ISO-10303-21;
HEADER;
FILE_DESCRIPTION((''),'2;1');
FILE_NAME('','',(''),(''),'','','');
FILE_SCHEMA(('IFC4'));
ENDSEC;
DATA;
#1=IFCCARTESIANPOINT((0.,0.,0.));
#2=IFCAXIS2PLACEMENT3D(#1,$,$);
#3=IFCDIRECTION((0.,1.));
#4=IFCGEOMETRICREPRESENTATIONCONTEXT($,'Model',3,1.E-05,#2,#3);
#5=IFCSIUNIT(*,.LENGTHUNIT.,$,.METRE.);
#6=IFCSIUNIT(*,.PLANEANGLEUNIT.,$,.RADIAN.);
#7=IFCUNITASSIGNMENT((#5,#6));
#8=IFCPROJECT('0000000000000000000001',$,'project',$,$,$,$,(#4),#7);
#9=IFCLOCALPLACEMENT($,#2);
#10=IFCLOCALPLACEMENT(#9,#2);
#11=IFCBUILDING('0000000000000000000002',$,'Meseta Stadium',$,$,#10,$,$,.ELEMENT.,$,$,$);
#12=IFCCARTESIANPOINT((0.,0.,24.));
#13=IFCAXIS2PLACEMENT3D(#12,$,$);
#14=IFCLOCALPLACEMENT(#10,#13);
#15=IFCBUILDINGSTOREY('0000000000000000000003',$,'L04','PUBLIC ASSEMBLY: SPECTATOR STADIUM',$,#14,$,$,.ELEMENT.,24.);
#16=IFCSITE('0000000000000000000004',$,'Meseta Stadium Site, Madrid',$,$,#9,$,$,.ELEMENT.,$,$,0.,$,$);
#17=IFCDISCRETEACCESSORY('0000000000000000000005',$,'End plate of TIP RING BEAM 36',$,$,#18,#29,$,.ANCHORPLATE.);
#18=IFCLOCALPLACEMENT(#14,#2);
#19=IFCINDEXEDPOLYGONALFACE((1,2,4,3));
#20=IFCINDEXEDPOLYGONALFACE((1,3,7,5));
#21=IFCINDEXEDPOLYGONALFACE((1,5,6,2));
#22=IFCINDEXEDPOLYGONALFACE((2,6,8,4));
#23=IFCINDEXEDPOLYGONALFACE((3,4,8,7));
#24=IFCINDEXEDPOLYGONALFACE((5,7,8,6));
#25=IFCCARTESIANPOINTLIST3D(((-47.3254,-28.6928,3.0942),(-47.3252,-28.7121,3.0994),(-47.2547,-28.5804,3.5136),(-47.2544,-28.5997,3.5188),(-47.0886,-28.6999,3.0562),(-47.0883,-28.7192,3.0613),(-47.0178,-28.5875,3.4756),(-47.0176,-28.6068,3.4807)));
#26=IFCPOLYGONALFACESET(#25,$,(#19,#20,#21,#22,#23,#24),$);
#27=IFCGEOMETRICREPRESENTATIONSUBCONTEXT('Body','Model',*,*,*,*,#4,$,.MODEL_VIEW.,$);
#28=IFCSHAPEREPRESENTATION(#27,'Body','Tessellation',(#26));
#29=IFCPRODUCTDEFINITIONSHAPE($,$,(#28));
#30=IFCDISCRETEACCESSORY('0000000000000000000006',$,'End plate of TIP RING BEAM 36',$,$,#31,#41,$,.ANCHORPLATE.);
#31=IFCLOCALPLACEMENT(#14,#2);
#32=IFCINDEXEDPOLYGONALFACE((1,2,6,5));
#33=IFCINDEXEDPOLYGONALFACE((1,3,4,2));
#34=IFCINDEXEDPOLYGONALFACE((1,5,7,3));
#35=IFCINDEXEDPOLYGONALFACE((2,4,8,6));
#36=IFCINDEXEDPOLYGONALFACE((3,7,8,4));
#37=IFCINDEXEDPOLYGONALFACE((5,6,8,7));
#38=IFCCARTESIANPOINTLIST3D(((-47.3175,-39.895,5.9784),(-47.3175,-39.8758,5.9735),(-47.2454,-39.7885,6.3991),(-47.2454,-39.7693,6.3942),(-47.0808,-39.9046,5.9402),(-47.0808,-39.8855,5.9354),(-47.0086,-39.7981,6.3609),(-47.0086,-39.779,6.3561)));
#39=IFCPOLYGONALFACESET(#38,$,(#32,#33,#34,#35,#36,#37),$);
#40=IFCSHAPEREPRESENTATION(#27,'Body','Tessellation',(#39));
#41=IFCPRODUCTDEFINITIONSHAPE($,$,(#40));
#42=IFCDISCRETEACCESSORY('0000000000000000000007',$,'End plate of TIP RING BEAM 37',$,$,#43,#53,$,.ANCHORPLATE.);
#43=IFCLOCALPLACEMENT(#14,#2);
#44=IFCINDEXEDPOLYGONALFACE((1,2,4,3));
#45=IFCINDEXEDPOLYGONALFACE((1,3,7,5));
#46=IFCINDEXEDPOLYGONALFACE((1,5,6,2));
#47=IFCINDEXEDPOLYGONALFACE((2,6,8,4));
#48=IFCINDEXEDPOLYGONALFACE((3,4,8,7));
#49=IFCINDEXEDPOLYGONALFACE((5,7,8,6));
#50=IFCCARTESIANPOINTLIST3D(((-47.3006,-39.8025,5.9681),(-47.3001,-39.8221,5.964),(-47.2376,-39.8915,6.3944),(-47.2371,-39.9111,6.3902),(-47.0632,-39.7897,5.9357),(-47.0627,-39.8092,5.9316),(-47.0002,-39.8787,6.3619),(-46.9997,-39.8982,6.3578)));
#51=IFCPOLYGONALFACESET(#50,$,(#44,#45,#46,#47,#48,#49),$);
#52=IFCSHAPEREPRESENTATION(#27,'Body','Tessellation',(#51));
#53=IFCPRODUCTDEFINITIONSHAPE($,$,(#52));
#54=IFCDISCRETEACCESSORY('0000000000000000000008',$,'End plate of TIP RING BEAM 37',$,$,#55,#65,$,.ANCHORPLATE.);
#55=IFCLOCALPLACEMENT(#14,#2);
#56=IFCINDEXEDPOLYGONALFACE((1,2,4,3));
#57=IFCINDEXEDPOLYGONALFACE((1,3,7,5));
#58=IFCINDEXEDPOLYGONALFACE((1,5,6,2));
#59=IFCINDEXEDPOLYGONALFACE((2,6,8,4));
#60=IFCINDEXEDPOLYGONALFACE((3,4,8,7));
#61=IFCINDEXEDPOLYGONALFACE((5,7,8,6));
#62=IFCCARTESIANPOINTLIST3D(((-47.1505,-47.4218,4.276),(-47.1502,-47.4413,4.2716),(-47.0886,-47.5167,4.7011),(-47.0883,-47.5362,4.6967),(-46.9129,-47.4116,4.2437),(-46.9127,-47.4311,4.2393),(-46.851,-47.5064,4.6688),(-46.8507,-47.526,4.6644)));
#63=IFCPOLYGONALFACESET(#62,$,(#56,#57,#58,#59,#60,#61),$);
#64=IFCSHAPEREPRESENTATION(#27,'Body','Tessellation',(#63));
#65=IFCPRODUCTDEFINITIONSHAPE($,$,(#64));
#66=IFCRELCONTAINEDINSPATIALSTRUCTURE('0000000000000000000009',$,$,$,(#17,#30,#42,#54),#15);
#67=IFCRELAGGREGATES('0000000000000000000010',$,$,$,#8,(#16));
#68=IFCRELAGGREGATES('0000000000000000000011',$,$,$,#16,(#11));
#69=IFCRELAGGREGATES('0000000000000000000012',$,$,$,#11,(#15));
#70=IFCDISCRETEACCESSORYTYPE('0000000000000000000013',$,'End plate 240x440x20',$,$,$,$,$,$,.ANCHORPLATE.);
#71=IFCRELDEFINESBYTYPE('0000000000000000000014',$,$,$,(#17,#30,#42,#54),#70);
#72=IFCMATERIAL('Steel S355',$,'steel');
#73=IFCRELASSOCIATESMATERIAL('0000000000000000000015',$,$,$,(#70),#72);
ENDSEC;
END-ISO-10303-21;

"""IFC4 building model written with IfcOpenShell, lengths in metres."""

from ifc_helpers import new_model, si_unit, direction, frame, origin, origin_2d, place, context, subcontext, project, spatial, rectangle, extrude, material, material_profile, profile_set, type_object, element, save


model = new_model("IFC4")

# Units and contexts
model_context = context("Model", 3, precision=1e-05, world=origin(), true_north=direction((0.0, 1.0)))
body_context = subcontext(model_context, "Body", "Model", "MODEL_VIEW")
ifc_project = project(units=[si_unit("LENGTHUNIT", "METRE"), si_unit("PLANEANGLEUNIT", "RADIAN")], contexts=[model_context])

# Site, building, storey
site_placement = place(None, origin())
site = spatial("IfcSite", under=ifc_project, at=site_placement, Name="Meseta Stadium Site, Madrid", CompositionType="ELEMENT", RefElevation=0.0)
building_placement = place(site_placement, origin())
building = spatial("IfcBuilding", under=site, at=building_placement, Name="Meseta Stadium", CompositionType="ELEMENT")
storey_placement = place(building_placement, frame((0.0, 0.0, 24.0)))
storey = spatial("IfcBuildingStorey", under=building, at=storey_placement, Name="L04", Description="PUBLIC ASSEMBLY: SPECTATOR STADIUM", CompositionType="ELEMENT", Elevation=24.0)

# Discrete accessories
ifc_material_1 = material(Name="Steel S355", Category="steel")
ifc_material_profile_1 = material_profile(ifc_material_1, rectangle(XDim=0.24, YDim=0.4399, at=origin_2d()), Name="PL 240x440")
ifc_profile_set_1 = profile_set([ifc_material_profile_1], Name="Steel S355")
discrete_accessory_type_1 = type_object("IfcDiscreteAccessoryType", Name="End plate 240x440x20", PredefinedType="ANCHORPLATE", material=ifc_profile_set_1)
discrete_accessory_1_placement = place(storey_placement, frame((-47.1716, -28.6401, 3.2849), z_axis=(0.012232, -0.966365, 0.256882), x_axis=(0.986911, -0.029645, -0.158518)))
element("IfcDiscreteAccessory", 1, at=discrete_accessory_1_placement, inside=storey, type_object=discrete_accessory_type_1, Name="End plate of TIP RING BEAM 36", PredefinedType="ANCHORPLATE", context=body_context, shape_type="SweptSolid", body=[
    extrude(rectangle(XDim=0.24, YDim=0.4399, at=origin_2d()), origin(), (0.0, 0.0, 1.0), 0.02),
])
discrete_accessory_2_placement = place(storey_placement, frame((-47.1631, -39.8274, 6.1648), z_axis=(0.0, -0.969416, 0.245422), x_axis=(0.986457, -0.040254, -0.159005)))
element("IfcDiscreteAccessory", 2, at=discrete_accessory_2_placement, inside=storey, type_object=discrete_accessory_type_1, Name="End plate of TIP RING BEAM 36", PredefinedType="ANCHORPLATE", context=body_context, shape_type="SweptSolid", body=[
    extrude(rectangle(XDim=0.24, YDim=0.4399, at=origin_2d()), origin(), (0.0, 0.0, 1.0), 0.0198),
])
for number, where, z_axis, x_axis, name in (
    (3, (-47.1504, -39.8406, 6.165), (0.024447, -0.977867, -0.207797), (0.989395, 0.053436, -0.135065), "End plate of TIP RING BEAM 37"),
    (4, (-47.0007, -47.4641, 4.4724), (0.012194, -0.975537, -0.219496), (0.989965, 0.042685, -0.134712), "End plate of TIP RING BEAM 37"),
):
    element("IfcDiscreteAccessory", number, at=place(storey_placement, frame(where, z_axis=z_axis, x_axis=x_axis)), inside=storey, type_object=discrete_accessory_type_1, Name=name, PredefinedType="ANCHORPLATE", context=body_context, shape_type="SweptSolid", body=[
        extrude(rectangle(XDim=0.24, YDim=0.4399, at=origin_2d()), origin(), (0.0, 0.0, 1.0), 0.02),
    ])

save(model, "model.ifc")
